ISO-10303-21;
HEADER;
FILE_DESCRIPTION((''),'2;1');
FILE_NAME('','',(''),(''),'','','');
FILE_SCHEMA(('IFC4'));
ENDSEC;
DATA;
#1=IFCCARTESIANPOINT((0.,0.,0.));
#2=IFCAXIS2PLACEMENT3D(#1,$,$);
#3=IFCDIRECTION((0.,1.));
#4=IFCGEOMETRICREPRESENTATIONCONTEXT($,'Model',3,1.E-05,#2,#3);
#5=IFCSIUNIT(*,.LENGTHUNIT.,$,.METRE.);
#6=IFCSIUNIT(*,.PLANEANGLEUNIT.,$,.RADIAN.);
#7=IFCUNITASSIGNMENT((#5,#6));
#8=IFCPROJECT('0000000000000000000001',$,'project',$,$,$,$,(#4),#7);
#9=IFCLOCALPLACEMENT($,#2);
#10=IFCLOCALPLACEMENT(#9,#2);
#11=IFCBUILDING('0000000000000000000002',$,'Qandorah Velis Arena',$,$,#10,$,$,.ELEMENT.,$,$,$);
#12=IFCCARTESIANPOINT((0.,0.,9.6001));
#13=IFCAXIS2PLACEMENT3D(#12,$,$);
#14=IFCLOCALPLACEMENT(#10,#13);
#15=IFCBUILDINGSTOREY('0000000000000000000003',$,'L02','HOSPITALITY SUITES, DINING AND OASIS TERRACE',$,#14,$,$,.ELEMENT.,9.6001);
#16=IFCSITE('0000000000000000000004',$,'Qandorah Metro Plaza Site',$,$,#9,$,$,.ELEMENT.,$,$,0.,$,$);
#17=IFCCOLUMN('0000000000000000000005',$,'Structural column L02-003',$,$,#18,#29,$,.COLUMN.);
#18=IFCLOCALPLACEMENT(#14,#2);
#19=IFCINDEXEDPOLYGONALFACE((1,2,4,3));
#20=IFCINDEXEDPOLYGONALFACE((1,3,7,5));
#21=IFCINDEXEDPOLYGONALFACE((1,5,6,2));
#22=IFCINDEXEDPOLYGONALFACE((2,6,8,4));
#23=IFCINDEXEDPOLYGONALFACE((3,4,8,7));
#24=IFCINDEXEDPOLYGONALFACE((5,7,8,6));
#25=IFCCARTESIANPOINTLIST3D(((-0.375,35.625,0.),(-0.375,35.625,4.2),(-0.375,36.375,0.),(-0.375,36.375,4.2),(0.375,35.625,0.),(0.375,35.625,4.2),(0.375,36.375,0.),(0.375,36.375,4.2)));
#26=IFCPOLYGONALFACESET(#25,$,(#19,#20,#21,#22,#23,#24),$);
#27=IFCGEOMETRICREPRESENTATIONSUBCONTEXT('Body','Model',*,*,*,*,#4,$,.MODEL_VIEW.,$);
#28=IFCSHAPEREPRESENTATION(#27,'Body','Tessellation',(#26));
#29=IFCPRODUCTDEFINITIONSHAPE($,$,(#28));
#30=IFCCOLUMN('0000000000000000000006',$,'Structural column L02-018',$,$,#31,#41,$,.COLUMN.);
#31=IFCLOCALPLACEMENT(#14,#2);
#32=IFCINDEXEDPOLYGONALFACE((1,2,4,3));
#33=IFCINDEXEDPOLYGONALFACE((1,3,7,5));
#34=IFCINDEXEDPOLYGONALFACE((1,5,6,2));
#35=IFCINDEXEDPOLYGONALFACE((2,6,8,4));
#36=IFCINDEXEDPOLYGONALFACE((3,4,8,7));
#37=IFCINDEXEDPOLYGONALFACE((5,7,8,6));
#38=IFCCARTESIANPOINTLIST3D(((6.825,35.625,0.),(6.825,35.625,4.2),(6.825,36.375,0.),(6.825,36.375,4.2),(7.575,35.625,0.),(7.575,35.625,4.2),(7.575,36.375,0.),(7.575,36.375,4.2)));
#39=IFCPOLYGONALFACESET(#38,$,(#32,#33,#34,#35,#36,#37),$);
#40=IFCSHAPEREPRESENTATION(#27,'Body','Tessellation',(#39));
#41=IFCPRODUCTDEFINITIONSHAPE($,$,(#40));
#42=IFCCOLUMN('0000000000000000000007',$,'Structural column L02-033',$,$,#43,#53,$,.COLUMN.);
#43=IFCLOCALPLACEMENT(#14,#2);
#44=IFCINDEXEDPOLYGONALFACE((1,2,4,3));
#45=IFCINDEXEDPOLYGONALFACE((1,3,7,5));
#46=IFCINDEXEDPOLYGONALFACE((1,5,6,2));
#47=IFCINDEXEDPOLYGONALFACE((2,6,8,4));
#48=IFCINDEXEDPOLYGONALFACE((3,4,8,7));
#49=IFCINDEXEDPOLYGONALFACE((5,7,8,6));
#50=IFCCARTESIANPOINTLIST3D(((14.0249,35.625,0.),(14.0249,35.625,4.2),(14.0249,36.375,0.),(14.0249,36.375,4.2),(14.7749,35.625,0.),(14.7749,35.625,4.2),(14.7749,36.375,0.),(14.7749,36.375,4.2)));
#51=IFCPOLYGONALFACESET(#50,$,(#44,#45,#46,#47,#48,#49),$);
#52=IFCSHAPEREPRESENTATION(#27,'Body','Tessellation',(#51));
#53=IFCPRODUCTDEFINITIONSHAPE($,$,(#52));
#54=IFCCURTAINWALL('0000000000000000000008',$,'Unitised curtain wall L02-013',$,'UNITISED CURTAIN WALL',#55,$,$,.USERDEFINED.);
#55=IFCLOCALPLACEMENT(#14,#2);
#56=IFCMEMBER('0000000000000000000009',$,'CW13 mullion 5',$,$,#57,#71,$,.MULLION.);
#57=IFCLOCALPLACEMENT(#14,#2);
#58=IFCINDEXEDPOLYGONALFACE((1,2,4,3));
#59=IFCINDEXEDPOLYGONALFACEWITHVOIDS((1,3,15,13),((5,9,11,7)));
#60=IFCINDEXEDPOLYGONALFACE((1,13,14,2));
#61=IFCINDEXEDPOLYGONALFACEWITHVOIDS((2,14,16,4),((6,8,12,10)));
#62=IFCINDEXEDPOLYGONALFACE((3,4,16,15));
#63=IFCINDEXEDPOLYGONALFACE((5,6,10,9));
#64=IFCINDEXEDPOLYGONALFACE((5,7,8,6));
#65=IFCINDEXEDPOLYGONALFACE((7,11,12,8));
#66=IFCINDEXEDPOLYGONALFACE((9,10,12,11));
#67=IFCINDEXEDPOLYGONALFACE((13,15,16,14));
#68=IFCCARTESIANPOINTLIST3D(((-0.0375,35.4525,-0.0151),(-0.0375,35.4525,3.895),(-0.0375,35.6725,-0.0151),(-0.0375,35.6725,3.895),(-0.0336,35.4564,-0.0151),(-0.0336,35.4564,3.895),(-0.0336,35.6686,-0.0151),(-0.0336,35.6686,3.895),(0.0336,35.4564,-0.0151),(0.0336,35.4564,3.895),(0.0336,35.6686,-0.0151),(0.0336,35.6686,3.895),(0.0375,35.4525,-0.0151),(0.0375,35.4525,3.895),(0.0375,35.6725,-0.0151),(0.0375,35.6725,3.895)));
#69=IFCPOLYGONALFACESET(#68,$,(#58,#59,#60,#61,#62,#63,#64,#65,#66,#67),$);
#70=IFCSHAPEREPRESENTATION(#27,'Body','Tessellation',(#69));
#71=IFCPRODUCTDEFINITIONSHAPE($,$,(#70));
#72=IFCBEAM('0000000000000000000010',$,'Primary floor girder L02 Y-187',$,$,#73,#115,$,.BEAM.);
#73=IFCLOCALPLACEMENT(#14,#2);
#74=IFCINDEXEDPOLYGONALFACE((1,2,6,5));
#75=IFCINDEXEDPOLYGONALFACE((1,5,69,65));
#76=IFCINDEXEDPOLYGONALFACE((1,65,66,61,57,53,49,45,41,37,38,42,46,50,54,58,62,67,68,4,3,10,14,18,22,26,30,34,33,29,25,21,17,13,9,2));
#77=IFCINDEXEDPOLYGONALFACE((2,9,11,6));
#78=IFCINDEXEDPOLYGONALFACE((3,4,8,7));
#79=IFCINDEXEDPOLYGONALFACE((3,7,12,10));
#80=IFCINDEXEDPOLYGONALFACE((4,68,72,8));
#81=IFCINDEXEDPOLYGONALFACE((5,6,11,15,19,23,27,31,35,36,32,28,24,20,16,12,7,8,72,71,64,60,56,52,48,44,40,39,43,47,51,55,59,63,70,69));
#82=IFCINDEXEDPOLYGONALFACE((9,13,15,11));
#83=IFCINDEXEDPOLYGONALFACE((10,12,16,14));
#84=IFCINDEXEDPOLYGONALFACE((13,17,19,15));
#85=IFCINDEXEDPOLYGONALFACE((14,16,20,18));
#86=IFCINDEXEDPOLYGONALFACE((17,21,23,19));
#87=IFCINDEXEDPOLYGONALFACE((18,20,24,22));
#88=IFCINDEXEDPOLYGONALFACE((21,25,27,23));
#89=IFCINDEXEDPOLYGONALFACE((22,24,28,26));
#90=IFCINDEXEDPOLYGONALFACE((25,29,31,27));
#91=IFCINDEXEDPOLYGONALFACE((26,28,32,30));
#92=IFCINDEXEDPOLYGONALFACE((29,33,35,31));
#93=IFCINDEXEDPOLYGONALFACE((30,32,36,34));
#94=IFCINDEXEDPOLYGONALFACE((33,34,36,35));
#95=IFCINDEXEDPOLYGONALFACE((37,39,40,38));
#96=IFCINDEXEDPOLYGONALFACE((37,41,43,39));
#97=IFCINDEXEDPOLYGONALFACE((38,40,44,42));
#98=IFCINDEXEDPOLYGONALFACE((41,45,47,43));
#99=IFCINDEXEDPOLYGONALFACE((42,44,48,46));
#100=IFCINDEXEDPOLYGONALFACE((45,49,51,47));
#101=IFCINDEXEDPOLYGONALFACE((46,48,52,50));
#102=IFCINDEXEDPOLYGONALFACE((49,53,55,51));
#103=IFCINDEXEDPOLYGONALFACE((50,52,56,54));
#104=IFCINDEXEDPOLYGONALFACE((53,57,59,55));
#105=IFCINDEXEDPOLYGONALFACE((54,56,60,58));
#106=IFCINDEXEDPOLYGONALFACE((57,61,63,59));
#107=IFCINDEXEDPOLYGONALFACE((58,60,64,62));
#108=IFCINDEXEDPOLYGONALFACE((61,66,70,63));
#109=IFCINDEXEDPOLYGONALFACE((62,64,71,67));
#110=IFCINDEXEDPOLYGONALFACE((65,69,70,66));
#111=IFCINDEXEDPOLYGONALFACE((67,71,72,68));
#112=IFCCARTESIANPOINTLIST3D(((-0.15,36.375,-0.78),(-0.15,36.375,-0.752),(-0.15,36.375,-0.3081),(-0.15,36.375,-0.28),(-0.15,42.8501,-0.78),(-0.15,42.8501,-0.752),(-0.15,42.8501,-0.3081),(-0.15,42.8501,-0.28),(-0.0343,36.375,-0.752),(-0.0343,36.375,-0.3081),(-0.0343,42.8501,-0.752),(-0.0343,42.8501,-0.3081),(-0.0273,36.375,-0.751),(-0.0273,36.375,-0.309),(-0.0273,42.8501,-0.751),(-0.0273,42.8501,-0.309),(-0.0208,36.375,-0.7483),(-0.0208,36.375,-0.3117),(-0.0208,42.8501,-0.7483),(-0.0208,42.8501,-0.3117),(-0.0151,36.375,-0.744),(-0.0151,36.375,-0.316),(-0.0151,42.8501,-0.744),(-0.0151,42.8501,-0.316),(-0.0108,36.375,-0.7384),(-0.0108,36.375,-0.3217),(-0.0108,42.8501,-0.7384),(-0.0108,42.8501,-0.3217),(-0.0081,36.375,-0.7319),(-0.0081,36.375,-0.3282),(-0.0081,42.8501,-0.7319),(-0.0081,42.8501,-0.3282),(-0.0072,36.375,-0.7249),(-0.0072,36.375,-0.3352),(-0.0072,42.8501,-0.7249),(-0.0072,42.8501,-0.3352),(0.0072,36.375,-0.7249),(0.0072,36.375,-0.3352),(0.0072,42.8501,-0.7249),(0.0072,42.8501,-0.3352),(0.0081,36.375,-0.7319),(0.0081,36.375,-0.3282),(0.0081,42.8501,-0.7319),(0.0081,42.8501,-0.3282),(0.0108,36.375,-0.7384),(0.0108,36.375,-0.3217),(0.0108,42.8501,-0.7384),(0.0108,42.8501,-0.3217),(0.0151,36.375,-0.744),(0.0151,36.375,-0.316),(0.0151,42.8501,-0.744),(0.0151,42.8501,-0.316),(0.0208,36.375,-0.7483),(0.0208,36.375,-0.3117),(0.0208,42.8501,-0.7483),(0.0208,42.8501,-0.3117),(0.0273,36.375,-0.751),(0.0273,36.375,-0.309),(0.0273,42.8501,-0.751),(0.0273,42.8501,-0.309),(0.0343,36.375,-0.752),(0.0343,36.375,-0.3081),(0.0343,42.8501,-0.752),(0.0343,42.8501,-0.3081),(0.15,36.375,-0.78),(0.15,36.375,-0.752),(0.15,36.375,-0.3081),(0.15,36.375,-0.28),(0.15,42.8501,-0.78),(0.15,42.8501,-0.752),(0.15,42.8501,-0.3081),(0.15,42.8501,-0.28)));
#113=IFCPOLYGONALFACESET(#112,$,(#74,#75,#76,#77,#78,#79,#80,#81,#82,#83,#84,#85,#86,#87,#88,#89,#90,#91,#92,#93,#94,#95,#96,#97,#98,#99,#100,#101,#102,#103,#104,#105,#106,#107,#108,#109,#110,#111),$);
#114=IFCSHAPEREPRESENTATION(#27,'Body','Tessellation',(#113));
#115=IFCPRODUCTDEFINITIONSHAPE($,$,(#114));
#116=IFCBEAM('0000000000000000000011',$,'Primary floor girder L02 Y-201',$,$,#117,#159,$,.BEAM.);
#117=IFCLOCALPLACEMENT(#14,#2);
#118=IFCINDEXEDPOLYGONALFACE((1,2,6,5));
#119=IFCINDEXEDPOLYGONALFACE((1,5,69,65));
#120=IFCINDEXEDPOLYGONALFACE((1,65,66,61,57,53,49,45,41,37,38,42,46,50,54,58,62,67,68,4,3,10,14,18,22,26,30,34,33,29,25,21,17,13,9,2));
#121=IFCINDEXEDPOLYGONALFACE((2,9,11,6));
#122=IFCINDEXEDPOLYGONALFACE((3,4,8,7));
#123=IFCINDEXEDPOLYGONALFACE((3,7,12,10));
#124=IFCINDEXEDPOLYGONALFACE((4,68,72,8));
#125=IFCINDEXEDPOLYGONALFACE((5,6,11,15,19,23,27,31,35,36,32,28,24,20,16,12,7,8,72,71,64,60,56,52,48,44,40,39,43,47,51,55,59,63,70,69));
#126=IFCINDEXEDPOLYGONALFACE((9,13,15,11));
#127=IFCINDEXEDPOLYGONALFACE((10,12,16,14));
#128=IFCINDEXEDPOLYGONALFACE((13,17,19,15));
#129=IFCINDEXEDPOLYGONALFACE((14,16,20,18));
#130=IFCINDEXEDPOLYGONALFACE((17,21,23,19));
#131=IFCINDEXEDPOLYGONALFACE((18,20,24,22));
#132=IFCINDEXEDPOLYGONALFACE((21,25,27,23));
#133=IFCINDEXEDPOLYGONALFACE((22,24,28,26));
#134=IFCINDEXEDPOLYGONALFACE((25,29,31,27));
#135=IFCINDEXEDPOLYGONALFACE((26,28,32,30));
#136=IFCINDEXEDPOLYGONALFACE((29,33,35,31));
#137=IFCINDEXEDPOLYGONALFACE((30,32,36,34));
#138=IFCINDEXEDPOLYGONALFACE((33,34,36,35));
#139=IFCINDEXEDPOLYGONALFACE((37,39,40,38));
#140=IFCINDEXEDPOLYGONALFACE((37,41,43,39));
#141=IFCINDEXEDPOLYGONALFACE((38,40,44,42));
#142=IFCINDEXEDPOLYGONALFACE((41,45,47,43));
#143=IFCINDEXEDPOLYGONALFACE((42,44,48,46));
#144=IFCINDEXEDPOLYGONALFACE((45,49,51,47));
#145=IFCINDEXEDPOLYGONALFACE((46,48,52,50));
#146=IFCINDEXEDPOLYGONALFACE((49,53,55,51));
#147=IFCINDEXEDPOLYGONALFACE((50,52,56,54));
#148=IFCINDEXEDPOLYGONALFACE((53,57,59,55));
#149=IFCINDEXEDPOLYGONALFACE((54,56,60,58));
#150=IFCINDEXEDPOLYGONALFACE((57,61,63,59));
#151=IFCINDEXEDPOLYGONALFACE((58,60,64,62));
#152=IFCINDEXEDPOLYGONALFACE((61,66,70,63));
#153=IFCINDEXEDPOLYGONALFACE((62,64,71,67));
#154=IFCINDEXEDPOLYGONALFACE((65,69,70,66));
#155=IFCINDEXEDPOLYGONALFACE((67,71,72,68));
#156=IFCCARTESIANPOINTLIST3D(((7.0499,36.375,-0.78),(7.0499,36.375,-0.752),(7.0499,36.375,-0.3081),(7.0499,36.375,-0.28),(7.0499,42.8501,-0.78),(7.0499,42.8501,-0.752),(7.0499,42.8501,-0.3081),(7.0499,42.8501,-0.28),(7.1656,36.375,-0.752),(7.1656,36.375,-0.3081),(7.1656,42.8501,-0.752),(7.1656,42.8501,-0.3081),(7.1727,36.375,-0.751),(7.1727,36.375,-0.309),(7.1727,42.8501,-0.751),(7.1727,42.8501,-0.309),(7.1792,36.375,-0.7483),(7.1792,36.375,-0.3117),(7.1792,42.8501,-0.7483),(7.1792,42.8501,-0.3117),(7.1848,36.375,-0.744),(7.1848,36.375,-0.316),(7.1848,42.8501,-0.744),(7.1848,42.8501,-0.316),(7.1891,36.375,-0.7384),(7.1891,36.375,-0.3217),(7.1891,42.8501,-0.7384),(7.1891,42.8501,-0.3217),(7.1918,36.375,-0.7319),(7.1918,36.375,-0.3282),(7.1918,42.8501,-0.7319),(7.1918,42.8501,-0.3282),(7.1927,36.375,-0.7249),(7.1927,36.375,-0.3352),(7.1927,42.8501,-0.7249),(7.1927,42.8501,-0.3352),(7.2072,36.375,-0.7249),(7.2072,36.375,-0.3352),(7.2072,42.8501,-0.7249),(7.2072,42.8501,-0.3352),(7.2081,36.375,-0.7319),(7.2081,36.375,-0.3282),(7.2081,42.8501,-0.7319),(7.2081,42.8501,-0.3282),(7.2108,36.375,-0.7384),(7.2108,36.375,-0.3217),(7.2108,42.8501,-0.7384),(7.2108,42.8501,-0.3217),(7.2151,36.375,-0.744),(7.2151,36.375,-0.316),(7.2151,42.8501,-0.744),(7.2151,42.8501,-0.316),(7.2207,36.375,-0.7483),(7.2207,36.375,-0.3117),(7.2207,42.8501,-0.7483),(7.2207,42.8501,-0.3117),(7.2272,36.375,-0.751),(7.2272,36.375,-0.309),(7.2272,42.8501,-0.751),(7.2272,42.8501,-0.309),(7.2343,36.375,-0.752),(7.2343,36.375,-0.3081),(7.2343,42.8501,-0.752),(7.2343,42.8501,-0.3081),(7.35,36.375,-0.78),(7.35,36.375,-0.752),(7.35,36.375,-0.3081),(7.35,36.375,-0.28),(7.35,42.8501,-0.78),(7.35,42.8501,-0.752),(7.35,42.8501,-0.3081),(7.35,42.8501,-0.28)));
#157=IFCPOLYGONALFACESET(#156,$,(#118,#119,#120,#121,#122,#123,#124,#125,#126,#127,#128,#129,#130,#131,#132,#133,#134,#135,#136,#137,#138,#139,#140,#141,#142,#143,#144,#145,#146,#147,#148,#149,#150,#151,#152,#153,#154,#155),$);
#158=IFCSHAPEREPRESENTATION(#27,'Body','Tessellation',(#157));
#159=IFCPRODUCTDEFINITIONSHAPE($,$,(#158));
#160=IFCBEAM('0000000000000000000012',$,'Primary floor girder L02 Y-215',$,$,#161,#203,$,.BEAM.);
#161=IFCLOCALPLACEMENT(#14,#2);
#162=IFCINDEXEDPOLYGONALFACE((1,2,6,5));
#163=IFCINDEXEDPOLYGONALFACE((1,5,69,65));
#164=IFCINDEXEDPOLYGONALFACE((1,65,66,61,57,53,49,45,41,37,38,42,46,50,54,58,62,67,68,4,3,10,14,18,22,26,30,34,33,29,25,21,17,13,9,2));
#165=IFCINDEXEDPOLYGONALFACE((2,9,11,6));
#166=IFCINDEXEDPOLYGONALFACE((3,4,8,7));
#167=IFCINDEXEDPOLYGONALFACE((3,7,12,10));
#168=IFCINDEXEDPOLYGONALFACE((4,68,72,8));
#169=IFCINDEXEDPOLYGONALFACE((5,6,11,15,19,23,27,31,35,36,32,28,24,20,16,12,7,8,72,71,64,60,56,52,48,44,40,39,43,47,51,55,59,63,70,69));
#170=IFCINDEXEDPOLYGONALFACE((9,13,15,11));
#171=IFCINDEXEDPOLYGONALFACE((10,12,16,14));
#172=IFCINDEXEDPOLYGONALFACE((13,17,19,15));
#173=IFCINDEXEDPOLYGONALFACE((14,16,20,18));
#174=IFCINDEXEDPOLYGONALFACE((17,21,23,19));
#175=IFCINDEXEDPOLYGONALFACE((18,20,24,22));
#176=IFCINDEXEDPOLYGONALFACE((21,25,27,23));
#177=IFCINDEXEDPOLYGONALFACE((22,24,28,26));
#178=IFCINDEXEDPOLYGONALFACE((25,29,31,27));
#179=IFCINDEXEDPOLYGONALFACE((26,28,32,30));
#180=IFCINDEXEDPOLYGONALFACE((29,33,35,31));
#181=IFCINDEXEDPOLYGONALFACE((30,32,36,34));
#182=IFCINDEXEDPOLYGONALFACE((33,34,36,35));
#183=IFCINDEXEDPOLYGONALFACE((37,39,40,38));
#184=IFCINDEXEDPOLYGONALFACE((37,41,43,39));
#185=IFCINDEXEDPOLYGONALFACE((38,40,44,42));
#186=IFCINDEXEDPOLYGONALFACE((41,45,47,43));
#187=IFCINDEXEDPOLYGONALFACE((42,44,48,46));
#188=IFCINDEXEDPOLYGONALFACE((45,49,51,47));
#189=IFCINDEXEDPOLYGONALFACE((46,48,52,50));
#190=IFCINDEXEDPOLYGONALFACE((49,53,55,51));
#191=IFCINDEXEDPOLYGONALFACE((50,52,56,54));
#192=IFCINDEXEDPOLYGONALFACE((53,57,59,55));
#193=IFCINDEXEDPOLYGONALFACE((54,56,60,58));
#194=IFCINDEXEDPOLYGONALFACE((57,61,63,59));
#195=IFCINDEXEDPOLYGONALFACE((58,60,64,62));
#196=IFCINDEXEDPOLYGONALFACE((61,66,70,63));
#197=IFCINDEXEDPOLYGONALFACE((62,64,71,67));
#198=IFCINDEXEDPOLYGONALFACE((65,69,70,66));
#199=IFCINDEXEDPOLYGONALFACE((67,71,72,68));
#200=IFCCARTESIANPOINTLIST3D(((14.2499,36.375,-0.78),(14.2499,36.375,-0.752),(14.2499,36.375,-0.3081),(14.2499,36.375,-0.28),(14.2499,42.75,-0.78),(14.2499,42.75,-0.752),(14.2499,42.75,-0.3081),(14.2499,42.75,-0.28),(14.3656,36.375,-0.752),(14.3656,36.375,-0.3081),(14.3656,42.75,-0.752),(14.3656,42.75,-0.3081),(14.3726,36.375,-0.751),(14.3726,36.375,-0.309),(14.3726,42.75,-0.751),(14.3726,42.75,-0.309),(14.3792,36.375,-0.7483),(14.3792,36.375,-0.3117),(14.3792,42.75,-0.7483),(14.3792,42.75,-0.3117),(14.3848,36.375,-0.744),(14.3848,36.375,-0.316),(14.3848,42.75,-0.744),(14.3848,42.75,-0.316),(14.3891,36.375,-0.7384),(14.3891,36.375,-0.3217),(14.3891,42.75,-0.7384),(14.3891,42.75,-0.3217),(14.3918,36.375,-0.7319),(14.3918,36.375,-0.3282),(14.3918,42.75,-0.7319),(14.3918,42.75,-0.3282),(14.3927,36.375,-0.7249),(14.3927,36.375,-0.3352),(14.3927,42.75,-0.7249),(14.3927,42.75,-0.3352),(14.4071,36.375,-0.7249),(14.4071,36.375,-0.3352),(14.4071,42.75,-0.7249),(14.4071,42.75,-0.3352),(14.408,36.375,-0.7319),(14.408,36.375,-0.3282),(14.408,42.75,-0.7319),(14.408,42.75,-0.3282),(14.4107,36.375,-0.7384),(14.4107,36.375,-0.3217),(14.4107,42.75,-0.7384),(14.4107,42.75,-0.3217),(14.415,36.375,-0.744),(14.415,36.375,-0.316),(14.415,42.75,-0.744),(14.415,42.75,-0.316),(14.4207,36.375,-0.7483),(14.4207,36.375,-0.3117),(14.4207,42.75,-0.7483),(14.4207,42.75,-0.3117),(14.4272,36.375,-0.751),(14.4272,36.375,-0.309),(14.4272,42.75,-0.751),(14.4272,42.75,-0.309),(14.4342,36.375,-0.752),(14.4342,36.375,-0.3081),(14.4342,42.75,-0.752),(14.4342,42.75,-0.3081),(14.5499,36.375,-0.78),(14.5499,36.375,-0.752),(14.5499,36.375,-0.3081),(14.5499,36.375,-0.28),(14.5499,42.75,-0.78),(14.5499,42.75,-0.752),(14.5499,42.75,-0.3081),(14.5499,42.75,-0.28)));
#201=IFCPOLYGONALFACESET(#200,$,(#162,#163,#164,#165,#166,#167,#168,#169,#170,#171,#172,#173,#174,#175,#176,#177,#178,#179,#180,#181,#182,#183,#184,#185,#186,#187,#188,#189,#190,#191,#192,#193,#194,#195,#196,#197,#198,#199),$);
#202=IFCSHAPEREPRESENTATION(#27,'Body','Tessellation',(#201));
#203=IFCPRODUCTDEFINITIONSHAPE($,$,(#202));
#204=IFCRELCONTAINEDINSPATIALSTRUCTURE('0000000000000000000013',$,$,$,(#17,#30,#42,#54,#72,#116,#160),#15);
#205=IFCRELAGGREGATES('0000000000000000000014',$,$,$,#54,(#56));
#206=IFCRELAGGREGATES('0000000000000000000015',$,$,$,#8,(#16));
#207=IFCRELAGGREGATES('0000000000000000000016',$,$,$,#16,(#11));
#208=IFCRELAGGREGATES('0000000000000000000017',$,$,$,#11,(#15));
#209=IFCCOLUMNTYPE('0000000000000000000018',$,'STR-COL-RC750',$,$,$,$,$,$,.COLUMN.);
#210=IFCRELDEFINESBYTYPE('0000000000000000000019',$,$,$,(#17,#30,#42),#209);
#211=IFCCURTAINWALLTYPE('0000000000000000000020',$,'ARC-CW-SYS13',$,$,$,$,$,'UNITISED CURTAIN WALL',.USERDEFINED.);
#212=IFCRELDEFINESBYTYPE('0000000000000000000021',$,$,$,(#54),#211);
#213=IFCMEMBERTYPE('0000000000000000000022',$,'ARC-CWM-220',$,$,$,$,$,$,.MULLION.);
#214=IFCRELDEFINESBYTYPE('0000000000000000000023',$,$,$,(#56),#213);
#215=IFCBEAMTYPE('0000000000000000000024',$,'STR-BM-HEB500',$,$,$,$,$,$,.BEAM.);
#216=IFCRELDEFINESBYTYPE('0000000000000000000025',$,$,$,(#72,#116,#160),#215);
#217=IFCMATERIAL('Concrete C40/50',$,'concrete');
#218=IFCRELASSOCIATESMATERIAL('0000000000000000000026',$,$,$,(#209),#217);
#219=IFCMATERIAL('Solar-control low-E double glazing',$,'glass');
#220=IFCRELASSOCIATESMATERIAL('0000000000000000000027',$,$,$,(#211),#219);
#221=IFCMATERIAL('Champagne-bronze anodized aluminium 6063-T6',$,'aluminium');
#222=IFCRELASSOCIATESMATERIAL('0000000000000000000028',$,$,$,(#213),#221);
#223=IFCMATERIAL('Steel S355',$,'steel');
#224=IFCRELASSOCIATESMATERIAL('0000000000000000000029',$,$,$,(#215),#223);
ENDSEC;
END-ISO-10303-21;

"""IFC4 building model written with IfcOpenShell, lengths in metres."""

from ifc_helpers import new_model, si_unit, direction, frame, origin, origin_2d, place, context, subcontext, project, spatial, rectangle, hollow_rectangle, i_section, extrude, material, material_profile, profile_set, type_object, element, aggregate, save


model = new_model("IFC4")

# Units and contexts
model_context = context("Model", 3, precision=1e-05, world=origin(), true_north=direction((0.0, 1.0)))
body_context = subcontext(model_context, "Body", "Model", "MODEL_VIEW")
ifc_project = project(units=[si_unit("LENGTHUNIT", "METRE"), si_unit("PLANEANGLEUNIT", "RADIAN")], contexts=[model_context])

# Site, building, storey
site_placement = place(None, origin())
site = spatial("IfcSite", under=ifc_project, at=site_placement, Name="Qandorah Metro Plaza Site", CompositionType="ELEMENT", RefElevation=0.0)
building_placement = place(site_placement, origin())
building = spatial("IfcBuilding", under=site, at=building_placement, Name="Qandorah Velis Arena", CompositionType="ELEMENT")
storey_placement = place(building_placement, frame((0.0, 0.0, 9.6001)))
storey = spatial("IfcBuildingStorey", under=building, at=storey_placement, Name="L02", Description="HOSPITALITY SUITES, DINING AND OASIS TERRACE", CompositionType="ELEMENT", Elevation=9.6001)

# Columns
ifc_material_1 = material(Name="Concrete C40/50", Category="concrete")
ifc_material_profile_1 = material_profile(ifc_material_1, rectangle(XDim=0.75, YDim=0.75, at=origin_2d()), Name="RC COL 750x750")
ifc_profile_set_1 = profile_set([ifc_material_profile_1], Name="Concrete C40/50")
column_type = type_object("IfcColumnType", Name="STR-COL-RC750", PredefinedType="COLUMN", material=ifc_profile_set_1)
for number, where, z_axis, x_axis, name in (
    (1, (0.0, 36.0, 0.0), (0.0, 0.0, 1.0), (1.0, 0.0, 0.0), "Structural column L02-003"),
    (2, (7.2, 36.0, 0.0), (0.0, 0.0, 1.0), (1.0, 0.0, 0.0), "Structural column L02-018"),
    (3, (14.3999, 36.0, 0.0), (0.0, 0.0, 1.0), (1.0, 0.0, 0.0), "Structural column L02-033"),
):
    element("IfcColumn", number, at=place(storey_placement, frame(where, z_axis=z_axis, x_axis=x_axis)), inside=storey, type_object=column_type, Name=name, PredefinedType="COLUMN", context=body_context, shape_type="SweptSolid", body=[
        extrude(rectangle(XDim=0.75, YDim=0.75, at=origin_2d()), origin(), (0.0, 0.0, 1.0), 4.2),
    ])

# Curtain wall, member
ifc_material_2 = material(Name="Solar-control low-E double glazing", Category="glass")
curtain_wall_type = type_object("IfcCurtainWallType", Name="ARC-CW-SYS13", ElementType="UNITISED CURTAIN WALL", PredefinedType="USERDEFINED", material=ifc_material_2)
curtain_wall_placement = place(storey_placement, origin())
curtain_wall = element("IfcCurtainWall", 4, at=curtain_wall_placement, inside=storey, type_object=curtain_wall_type, Name="Unitised curtain wall L02-013", ObjectType="UNITISED CURTAIN WALL", PredefinedType="USERDEFINED")
ifc_material_3 = material(Name="Champagne-bronze anodized aluminium 6063-T6", Category="aluminium")
ifc_material_profile_2 = material_profile(ifc_material_3, hollow_rectangle(XDim=0.075, YDim=0.22, WallThickness=0.0039, at=origin_2d()), Name="ALU MULLION 75x220")
ifc_profile_set_2 = profile_set([ifc_material_profile_2], Name="Champagne-bronze anodized aluminium 6063-T6")
member_type = type_object("IfcMemberType", Name="ARC-CWM-220", PredefinedType="MULLION", material=ifc_profile_set_2)
member_placement = place(storey_placement, frame((0.0, 35.5625, -0.0151), z_axis=(0.0, 0.0, 1.0), x_axis=(-1.0, 0.0, 0.0)))
member = element("IfcMember", 5, at=member_placement, type_object=member_type, Name="CW13 mullion 5", PredefinedType="MULLION", context=body_context, shape_type="SweptSolid", body=[
    extrude(hollow_rectangle(XDim=0.075, YDim=0.22, WallThickness=0.0039, at=origin_2d()), origin(), (0.0, 0.0, 1.0), 3.9102),
])
aggregate(curtain_wall, [member])

# Beams
ifc_material_4 = material(Name="Steel S355", Category="steel")
ifc_material_profile_3 = material_profile(ifc_material_4, i_section(OverallWidth=0.3, OverallDepth=0.5, WebThickness=0.0144, FlangeThickness=0.0281, FilletRadius=0.0271, at=origin_2d()), Name="HEB 500")
ifc_profile_set_3 = profile_set([ifc_material_profile_3], Name="Steel S355")
beam_type_1 = type_object("IfcBeamType", Name="STR-BM-HEB500", PredefinedType="BEAM", material=ifc_profile_set_3)
for number, where, z_axis, x_axis, name in (
    (6, (0.0, 36.375, -0.53), (0.0, 1.0, 0.0), (-1.0, 0.0, 0.0), "Primary floor girder L02 Y-187"),
    (7, (7.2, 36.375, -0.53), (0.0, 1.0, 0.0), (-1.0, 0.0, 0.0), "Primary floor girder L02 Y-201"),
):
    element("IfcBeam", number, at=place(storey_placement, frame(where, z_axis=z_axis, x_axis=x_axis)), inside=storey, type_object=beam_type_1, Name=name, PredefinedType="BEAM", context=body_context, shape_type="SweptSolid", body=[
        extrude(i_section(OverallWidth=0.3, OverallDepth=0.5, WebThickness=0.0144, FlangeThickness=0.0281, FilletRadius=0.0271, at=origin_2d()), origin(), (0.0, 0.0, 1.0), 6.4751),
    ])
beam_placement = place(storey_placement, frame((14.3999, 36.375, -0.53), z_axis=(0.0, 1.0, 0.0), x_axis=(-1.0, 0.0, 0.0)))
element("IfcBeam", 8, at=beam_placement, inside=storey, type_object=beam_type_1, Name="Primary floor girder L02 Y-215", PredefinedType="BEAM", context=body_context, shape_type="SweptSolid", body=[
    extrude(i_section(OverallWidth=0.3, OverallDepth=0.5, WebThickness=0.0144, FlangeThickness=0.0281, FilletRadius=0.0271, at=origin_2d()), origin(), (0.0, 0.0, 1.0), 6.375),
])

save(model, "model.ifc")
